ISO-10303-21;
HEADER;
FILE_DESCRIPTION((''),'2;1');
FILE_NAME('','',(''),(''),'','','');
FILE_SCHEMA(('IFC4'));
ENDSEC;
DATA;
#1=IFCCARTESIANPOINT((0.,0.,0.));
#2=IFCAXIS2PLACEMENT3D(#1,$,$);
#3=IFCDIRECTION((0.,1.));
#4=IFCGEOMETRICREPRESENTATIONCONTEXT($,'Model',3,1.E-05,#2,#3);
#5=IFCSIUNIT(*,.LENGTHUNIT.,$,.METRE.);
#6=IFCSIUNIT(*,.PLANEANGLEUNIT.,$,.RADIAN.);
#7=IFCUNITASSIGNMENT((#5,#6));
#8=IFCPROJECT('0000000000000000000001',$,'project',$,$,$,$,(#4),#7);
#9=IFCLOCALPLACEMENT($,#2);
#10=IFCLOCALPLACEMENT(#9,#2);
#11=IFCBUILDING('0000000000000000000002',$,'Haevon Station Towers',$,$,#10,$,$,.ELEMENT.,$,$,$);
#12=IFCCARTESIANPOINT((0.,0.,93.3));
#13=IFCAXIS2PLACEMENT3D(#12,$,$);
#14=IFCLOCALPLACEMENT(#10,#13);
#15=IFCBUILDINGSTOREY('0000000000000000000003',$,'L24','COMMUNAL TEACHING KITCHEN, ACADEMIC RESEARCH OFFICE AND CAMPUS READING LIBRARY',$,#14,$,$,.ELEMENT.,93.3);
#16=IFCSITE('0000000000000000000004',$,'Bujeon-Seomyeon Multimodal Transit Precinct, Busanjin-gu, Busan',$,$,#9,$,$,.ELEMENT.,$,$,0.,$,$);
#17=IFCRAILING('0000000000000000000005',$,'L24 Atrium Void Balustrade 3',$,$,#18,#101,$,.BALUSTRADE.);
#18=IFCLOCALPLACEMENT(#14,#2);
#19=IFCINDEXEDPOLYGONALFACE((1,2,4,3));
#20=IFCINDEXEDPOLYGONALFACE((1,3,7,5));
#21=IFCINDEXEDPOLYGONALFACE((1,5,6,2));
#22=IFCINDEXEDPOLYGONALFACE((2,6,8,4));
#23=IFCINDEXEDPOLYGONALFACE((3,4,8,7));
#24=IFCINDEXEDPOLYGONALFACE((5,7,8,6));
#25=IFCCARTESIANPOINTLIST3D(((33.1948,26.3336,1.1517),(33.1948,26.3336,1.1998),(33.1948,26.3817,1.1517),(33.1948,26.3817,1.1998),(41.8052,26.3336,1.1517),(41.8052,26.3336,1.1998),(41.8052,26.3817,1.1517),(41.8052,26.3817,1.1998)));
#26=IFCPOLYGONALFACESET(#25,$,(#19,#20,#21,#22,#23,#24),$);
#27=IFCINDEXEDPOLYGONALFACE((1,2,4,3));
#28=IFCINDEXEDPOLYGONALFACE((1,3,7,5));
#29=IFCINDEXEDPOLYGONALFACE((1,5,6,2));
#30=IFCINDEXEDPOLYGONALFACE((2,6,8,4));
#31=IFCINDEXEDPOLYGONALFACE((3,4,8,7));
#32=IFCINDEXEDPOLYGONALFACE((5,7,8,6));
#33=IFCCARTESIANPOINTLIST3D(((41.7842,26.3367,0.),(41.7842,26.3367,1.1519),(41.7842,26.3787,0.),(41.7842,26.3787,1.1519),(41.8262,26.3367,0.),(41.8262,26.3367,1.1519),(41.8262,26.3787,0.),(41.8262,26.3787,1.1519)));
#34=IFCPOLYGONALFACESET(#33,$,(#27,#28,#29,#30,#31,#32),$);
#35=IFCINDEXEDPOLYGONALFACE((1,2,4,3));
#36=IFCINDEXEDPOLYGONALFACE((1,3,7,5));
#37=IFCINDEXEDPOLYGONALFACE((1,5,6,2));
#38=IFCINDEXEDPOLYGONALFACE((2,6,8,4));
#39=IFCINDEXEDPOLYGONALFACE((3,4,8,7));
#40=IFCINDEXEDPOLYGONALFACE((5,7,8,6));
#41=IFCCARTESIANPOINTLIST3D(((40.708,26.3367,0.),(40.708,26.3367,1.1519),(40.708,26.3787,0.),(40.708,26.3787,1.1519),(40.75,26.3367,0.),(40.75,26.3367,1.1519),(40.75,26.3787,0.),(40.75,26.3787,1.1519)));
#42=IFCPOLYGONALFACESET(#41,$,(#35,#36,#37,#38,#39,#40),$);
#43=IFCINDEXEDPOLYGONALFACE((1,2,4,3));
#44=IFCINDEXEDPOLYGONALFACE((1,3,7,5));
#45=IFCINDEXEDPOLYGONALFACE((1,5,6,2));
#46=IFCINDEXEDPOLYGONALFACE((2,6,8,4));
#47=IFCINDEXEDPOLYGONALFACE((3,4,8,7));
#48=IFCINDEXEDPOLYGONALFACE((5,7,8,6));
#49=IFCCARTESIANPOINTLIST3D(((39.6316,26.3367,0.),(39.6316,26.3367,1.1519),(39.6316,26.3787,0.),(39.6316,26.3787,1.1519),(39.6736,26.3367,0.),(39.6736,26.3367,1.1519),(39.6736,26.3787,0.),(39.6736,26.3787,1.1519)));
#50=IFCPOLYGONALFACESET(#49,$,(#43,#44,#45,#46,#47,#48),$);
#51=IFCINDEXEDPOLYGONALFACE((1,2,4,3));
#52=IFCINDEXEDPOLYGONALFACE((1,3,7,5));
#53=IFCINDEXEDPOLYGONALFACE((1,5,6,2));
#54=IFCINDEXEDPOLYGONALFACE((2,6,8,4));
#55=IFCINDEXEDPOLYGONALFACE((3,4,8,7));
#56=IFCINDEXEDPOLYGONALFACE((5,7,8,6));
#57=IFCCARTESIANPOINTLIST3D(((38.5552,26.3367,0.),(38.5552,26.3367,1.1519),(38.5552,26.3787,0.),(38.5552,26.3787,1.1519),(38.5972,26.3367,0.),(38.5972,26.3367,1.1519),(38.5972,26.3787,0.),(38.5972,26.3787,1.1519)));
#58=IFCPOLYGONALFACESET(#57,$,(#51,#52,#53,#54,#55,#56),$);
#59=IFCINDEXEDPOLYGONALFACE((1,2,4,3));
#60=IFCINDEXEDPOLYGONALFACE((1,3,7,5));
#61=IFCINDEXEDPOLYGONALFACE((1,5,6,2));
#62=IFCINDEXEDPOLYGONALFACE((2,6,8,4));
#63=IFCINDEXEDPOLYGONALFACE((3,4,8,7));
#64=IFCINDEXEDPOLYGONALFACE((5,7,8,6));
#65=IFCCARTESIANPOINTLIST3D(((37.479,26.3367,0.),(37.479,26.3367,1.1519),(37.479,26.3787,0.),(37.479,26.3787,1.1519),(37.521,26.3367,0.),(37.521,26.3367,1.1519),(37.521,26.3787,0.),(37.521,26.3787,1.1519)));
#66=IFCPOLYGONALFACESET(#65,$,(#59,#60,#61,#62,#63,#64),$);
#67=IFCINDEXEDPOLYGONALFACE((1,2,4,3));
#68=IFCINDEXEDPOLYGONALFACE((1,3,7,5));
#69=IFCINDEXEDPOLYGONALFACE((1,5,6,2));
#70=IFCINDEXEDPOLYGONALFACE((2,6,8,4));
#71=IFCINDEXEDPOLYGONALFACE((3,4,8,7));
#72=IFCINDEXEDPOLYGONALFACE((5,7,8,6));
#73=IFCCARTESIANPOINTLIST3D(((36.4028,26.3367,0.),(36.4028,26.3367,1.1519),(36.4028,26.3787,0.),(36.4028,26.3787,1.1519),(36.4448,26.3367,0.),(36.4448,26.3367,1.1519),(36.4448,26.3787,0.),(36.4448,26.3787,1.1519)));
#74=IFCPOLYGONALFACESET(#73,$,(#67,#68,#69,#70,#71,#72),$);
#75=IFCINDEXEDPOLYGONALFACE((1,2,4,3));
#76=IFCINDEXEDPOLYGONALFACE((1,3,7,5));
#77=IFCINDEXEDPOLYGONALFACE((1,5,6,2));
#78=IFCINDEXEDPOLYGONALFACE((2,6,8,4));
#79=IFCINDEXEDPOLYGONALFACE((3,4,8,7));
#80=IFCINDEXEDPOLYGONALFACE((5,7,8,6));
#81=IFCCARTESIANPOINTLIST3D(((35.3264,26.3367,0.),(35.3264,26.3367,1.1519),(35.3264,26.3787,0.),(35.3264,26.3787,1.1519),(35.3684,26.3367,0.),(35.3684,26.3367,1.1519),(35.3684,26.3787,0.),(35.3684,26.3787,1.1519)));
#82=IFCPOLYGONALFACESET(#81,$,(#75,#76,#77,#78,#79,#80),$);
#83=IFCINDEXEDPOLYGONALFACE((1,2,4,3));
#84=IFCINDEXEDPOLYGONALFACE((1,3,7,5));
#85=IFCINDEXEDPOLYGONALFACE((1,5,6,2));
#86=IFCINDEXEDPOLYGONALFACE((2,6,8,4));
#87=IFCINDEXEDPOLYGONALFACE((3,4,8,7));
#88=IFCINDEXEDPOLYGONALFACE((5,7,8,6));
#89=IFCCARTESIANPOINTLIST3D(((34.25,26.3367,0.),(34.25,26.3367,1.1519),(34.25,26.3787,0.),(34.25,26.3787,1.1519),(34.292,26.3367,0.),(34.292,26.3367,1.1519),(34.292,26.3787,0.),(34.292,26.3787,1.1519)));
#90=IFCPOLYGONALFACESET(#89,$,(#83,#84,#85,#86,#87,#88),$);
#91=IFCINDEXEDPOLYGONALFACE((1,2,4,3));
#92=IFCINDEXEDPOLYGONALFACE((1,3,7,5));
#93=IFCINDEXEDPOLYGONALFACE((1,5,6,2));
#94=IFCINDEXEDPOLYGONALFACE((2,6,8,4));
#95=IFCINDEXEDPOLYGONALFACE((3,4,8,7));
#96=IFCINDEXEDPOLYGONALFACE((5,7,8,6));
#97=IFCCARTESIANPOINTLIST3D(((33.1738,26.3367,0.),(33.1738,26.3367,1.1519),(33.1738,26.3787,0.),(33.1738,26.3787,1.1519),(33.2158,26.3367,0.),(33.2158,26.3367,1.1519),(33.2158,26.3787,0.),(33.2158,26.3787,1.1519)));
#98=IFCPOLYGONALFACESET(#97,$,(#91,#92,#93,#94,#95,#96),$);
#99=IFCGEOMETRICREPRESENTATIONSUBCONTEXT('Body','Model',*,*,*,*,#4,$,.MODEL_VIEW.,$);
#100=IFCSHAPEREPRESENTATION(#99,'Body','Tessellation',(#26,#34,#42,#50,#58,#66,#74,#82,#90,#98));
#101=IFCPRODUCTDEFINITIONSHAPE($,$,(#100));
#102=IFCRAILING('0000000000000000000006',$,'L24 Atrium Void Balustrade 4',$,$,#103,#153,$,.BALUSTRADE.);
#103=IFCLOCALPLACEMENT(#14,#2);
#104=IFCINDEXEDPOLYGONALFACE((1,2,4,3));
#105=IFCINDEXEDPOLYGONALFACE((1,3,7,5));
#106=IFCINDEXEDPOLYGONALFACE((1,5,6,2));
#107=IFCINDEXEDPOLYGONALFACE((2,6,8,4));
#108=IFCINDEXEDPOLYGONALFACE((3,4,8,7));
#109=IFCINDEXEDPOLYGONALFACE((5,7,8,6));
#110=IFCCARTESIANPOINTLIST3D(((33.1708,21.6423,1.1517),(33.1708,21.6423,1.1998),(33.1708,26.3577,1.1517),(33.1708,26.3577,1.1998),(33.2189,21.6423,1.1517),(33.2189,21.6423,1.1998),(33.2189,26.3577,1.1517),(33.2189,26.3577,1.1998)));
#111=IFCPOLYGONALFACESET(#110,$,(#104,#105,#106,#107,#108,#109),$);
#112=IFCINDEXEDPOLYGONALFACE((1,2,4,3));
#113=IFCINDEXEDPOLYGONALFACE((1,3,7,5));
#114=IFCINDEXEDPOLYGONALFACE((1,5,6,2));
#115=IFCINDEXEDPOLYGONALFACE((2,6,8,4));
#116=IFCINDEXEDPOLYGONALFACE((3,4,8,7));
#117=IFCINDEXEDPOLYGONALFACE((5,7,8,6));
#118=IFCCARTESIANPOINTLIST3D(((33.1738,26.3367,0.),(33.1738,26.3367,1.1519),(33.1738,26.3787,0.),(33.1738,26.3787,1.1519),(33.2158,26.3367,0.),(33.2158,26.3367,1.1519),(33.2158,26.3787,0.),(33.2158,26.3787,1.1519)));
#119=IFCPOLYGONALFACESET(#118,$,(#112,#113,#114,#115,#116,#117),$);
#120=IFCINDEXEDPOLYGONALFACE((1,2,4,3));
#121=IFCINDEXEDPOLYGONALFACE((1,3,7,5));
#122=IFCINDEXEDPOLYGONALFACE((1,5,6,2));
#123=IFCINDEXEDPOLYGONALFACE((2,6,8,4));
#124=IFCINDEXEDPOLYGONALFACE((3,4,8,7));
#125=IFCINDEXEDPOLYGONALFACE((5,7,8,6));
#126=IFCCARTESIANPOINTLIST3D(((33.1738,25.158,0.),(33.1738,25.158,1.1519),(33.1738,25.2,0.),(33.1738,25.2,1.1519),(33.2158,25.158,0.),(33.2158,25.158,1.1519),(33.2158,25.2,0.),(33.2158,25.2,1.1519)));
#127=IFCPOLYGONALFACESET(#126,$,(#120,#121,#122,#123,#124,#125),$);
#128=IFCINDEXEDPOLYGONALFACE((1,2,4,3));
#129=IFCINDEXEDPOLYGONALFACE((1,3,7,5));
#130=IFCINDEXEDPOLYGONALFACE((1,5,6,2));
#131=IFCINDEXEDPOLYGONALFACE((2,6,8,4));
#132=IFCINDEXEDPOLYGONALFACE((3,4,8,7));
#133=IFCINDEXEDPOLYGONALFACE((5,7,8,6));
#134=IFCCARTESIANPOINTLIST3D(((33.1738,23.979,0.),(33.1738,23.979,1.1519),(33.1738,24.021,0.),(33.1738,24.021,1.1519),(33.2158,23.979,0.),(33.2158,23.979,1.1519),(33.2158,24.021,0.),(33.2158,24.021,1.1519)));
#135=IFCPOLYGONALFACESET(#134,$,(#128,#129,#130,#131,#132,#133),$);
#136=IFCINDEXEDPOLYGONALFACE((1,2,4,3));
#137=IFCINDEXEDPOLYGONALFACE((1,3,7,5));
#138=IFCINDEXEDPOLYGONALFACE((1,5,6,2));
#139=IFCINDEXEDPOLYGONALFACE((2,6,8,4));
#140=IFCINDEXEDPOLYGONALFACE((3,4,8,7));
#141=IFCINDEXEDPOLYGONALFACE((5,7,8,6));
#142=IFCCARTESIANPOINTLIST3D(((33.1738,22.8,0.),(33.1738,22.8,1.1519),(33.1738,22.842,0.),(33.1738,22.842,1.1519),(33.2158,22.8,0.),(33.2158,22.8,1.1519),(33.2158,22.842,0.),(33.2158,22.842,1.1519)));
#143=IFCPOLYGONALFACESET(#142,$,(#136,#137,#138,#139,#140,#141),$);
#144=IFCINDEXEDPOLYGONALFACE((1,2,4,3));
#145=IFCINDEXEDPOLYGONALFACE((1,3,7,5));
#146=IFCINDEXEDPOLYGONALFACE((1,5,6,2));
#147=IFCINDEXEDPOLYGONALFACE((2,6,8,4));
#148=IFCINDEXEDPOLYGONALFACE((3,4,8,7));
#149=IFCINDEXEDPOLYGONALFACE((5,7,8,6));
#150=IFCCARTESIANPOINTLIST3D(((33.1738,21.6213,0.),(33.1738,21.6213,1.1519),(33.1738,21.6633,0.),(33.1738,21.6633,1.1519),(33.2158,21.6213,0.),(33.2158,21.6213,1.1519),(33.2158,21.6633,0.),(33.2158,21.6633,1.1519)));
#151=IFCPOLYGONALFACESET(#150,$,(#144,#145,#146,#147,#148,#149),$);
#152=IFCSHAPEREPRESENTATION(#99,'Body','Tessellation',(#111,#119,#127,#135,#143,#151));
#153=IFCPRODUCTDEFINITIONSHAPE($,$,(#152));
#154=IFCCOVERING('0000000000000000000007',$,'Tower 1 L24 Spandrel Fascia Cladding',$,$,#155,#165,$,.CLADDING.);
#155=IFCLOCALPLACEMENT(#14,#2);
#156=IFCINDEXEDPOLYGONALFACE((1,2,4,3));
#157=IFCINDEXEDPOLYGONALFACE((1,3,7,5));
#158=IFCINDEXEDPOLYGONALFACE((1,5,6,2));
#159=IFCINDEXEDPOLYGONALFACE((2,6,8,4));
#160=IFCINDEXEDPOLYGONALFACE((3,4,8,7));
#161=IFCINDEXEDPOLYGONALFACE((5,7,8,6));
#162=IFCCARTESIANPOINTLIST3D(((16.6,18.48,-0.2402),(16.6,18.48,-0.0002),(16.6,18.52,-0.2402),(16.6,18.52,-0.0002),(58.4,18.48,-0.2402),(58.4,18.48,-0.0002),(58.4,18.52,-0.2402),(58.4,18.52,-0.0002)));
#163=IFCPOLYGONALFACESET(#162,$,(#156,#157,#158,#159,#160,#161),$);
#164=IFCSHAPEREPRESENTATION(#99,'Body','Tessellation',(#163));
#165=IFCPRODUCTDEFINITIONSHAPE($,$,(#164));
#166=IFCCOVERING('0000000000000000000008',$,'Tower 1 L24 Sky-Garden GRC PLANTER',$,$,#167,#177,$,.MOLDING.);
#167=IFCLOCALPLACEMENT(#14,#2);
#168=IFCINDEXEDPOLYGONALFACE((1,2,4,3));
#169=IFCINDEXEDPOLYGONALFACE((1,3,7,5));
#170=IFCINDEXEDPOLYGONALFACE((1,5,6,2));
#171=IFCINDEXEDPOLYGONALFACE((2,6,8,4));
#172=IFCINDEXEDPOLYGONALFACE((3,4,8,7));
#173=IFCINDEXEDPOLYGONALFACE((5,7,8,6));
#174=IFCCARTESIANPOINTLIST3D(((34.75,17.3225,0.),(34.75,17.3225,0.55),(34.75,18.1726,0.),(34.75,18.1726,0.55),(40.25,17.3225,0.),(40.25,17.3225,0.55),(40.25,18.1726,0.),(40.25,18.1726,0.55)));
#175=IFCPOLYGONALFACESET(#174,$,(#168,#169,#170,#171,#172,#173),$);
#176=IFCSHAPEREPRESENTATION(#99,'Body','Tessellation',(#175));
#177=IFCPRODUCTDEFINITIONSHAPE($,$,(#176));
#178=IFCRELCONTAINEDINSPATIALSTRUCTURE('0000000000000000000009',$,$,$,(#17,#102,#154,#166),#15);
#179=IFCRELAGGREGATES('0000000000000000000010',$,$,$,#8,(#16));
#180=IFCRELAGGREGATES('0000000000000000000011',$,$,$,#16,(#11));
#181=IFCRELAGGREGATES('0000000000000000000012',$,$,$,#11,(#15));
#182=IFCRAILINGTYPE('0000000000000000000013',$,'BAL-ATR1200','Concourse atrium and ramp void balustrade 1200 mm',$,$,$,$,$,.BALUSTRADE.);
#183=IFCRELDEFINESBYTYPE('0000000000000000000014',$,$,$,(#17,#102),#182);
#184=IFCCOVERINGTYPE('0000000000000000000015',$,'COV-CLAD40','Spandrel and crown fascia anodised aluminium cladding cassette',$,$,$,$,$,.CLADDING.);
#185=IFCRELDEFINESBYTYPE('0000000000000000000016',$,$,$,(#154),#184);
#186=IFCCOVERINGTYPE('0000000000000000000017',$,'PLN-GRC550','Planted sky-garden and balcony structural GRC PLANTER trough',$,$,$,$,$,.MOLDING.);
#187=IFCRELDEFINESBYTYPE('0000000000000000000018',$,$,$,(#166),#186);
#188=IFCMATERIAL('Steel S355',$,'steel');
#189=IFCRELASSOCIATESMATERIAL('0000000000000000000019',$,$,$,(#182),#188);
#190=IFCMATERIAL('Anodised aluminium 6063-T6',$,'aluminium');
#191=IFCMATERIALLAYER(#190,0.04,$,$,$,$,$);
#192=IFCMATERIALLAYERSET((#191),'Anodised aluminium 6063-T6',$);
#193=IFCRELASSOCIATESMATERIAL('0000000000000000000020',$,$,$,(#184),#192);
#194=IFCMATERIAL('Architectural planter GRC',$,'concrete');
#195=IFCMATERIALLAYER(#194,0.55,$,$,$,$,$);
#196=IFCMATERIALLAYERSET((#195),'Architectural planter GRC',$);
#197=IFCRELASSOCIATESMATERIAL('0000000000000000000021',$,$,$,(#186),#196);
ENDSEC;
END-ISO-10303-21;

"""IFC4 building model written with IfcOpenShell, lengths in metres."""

from ifc_helpers import new_model, si_unit, direction, frame, origin, origin_2d, place, context, subcontext, project, spatial, rectangle, extrude, material, layer, layer_set, type_object, element, save


model = new_model("IFC4")

# Units and contexts
model_context = context("Model", 3, precision=1e-05, world=origin(), true_north=direction((0.0, 1.0)))
body_context = subcontext(model_context, "Body", "Model", "MODEL_VIEW")
ifc_project = project(units=[si_unit("LENGTHUNIT", "METRE"), si_unit("PLANEANGLEUNIT", "RADIAN")], contexts=[model_context])

# Site, building, storey
site_placement = place(None, origin())
site = spatial("IfcSite", under=ifc_project, at=site_placement, Name="Bujeon-Seomyeon Multimodal Transit Precinct, Busanjin-gu, Busan", CompositionType="ELEMENT", RefElevation=0.0)
building_placement = place(site_placement, origin())
building = spatial("IfcBuilding", under=site, at=building_placement, Name="Haevon Station Towers", CompositionType="ELEMENT")
storey_placement = place(building_placement, frame((0.0, 0.0, 93.3)))
storey = spatial("IfcBuildingStorey", under=building, at=storey_placement, Name="L24", Description="COMMUNAL TEACHING KITCHEN, ACADEMIC RESEARCH OFFICE AND CAMPUS READING LIBRARY", CompositionType="ELEMENT", Elevation=93.3)

# Shared definitions
ifc_material_1 = material(Name="Steel S355", Category="steel")

# Railings
railing_type = type_object("IfcRailingType", Name="BAL-ATR1200", Description="Concourse atrium and ramp void balustrade 1200 mm", PredefinedType="BALUSTRADE", material=ifc_material_1)
railing_1_placement = place(storey_placement, frame((41.8052, 26.3577, 0.0)))
element("IfcRailing", 1, at=railing_1_placement, inside=storey, type_object=railing_type, Name="L24 Atrium Void Balustrade 3", PredefinedType="BALUSTRADE", context=body_context, shape_type="SweptSolid", body=[
    extrude(rectangle(XDim=0.0481, YDim=0.0481, at=origin_2d()), frame((0.0, 0.0, 1.1758), z_axis=(-1.0, 0.0, 0.0), x_axis=(0.0, -1.0, 0.0)), (0.0, 0.0, 1.0), 8.6104),
    extrude(rectangle(XDim=0.042, YDim=0.042, at=origin_2d()), origin(), (0.0, 0.0, 1.0), 1.1519),
    extrude(rectangle(XDim=0.042, YDim=0.042, at=origin_2d()), frame((-1.0762, 0.0, 0.0)), (0.0, 0.0, 1.0), 1.1519),
    extrude(rectangle(XDim=0.042, YDim=0.042, at=origin_2d()), frame((-2.1526, 0.0, 0.0)), (0.0, 0.0, 1.0), 1.1519),
    extrude(rectangle(XDim=0.042, YDim=0.042, at=origin_2d()), frame((-3.229, 0.0, 0.0)), (0.0, 0.0, 1.0), 1.1519),
    extrude(rectangle(XDim=0.042, YDim=0.042, at=origin_2d()), frame((-4.3052, 0.0, 0.0)), (0.0, 0.0, 1.0), 1.1519),
    extrude(rectangle(XDim=0.042, YDim=0.042, at=origin_2d()), frame((-5.3813, 0.0, 0.0)), (0.0, 0.0, 1.0), 1.1519),
    extrude(rectangle(XDim=0.042, YDim=0.042, at=origin_2d()), frame((-6.4578, 0.0, 0.0)), (0.0, 0.0, 1.0), 1.1519),
    extrude(rectangle(XDim=0.042, YDim=0.042, at=origin_2d()), frame((-7.5342, 0.0, 0.0)), (0.0, 0.0, 1.0), 1.1519),
    extrude(rectangle(XDim=0.042, YDim=0.042, at=origin_2d()), frame((-8.6104, 0.0, 0.0)), (0.0, 0.0, 1.0), 1.1519),
])
railing_2_placement = place(storey_placement, frame((33.1948, 26.3577, 0.0)))
element("IfcRailing", 2, at=railing_2_placement, inside=storey, type_object=railing_type, Name="L24 Atrium Void Balustrade 4", PredefinedType="BALUSTRADE", context=body_context, shape_type="SweptSolid", body=[
    extrude(rectangle(XDim=0.0481, YDim=0.0481, at=origin_2d()), frame((0.0, 0.0, 1.1758), z_axis=(0.0, -1.0, 0.0), x_axis=(1.0, 0.0, 0.0)), (0.0, 0.0, 1.0), 4.7153),
    extrude(rectangle(XDim=0.042, YDim=0.042, at=origin_2d()), origin(), (0.0, 0.0, 1.0), 1.1519),
    extrude(rectangle(XDim=0.042, YDim=0.042, at=origin_2d()), frame((0.0, -1.1787, 0.0)), (0.0, 0.0, 1.0), 1.1519),
    extrude(rectangle(XDim=0.042, YDim=0.042, at=origin_2d()), frame((0.0, -2.3577, 0.0)), (0.0, 0.0, 1.0), 1.1519),
    extrude(rectangle(XDim=0.042, YDim=0.042, at=origin_2d()), frame((0.0, -3.5366, 0.0)), (0.0, 0.0, 1.0), 1.1519),
    extrude(rectangle(XDim=0.042, YDim=0.042, at=origin_2d()), frame((0.0, -4.7153, 0.0)), (0.0, 0.0, 1.0), 1.1519),
])

# Coverings
ifc_material_2 = material(Name="Anodised aluminium 6063-T6", Category="aluminium")
ifc_layer_1 = layer(ifc_material_2, 0.04)
ifc_layer_set_1 = layer_set([ifc_layer_1], Name="Anodised aluminium 6063-T6")
covering_type_1 = type_object("IfcCoveringType", Name="COV-CLAD40", Description="Spandrel and crown fascia anodised aluminium cladding cassette", PredefinedType="CLADDING", material=ifc_layer_set_1)
covering_1_placement = place(storey_placement, frame((37.5, 18.5, -0.2402), z_axis=(0.0, 0.0, 1.0), x_axis=(1.0, 0.0, 0.0)))
element("IfcCovering", 3, at=covering_1_placement, inside=storey, type_object=covering_type_1, Name="Tower 1 L24 Spandrel Fascia Cladding", PredefinedType="CLADDING", context=body_context, shape_type="SweptSolid", body=[
    extrude(rectangle(XDim=41.8, YDim=0.04, at=origin_2d()), origin(), (0.0, 0.0, 1.0), 0.24),
])
ifc_material_3 = material(Name="Architectural planter GRC", Category="concrete")
ifc_layer_2 = layer(ifc_material_3, 0.55)
ifc_layer_set_2 = layer_set([ifc_layer_2], Name="Architectural planter GRC")
covering_type_2 = type_object("IfcCoveringType", Name="PLN-GRC550", Description="Planted sky-garden and balcony structural GRC PLANTER trough", PredefinedType="MOLDING", material=ifc_layer_set_2)
covering_2_placement = place(storey_placement, frame((37.5, 17.7476, 0.0), z_axis=(0.0, 0.0, 1.0), x_axis=(1.0, 0.0, 0.0)))
element("IfcCovering", 4, at=covering_2_placement, inside=storey, type_object=covering_type_2, Name="Tower 1 L24 Sky-Garden GRC PLANTER", PredefinedType="MOLDING", context=body_context, shape_type="SweptSolid", body=[
    extrude(rectangle(XDim=5.5, YDim=0.8501, at=origin_2d()), origin(), (0.0, 0.0, 1.0), 0.55),
])

save(model, "model.ifc")
